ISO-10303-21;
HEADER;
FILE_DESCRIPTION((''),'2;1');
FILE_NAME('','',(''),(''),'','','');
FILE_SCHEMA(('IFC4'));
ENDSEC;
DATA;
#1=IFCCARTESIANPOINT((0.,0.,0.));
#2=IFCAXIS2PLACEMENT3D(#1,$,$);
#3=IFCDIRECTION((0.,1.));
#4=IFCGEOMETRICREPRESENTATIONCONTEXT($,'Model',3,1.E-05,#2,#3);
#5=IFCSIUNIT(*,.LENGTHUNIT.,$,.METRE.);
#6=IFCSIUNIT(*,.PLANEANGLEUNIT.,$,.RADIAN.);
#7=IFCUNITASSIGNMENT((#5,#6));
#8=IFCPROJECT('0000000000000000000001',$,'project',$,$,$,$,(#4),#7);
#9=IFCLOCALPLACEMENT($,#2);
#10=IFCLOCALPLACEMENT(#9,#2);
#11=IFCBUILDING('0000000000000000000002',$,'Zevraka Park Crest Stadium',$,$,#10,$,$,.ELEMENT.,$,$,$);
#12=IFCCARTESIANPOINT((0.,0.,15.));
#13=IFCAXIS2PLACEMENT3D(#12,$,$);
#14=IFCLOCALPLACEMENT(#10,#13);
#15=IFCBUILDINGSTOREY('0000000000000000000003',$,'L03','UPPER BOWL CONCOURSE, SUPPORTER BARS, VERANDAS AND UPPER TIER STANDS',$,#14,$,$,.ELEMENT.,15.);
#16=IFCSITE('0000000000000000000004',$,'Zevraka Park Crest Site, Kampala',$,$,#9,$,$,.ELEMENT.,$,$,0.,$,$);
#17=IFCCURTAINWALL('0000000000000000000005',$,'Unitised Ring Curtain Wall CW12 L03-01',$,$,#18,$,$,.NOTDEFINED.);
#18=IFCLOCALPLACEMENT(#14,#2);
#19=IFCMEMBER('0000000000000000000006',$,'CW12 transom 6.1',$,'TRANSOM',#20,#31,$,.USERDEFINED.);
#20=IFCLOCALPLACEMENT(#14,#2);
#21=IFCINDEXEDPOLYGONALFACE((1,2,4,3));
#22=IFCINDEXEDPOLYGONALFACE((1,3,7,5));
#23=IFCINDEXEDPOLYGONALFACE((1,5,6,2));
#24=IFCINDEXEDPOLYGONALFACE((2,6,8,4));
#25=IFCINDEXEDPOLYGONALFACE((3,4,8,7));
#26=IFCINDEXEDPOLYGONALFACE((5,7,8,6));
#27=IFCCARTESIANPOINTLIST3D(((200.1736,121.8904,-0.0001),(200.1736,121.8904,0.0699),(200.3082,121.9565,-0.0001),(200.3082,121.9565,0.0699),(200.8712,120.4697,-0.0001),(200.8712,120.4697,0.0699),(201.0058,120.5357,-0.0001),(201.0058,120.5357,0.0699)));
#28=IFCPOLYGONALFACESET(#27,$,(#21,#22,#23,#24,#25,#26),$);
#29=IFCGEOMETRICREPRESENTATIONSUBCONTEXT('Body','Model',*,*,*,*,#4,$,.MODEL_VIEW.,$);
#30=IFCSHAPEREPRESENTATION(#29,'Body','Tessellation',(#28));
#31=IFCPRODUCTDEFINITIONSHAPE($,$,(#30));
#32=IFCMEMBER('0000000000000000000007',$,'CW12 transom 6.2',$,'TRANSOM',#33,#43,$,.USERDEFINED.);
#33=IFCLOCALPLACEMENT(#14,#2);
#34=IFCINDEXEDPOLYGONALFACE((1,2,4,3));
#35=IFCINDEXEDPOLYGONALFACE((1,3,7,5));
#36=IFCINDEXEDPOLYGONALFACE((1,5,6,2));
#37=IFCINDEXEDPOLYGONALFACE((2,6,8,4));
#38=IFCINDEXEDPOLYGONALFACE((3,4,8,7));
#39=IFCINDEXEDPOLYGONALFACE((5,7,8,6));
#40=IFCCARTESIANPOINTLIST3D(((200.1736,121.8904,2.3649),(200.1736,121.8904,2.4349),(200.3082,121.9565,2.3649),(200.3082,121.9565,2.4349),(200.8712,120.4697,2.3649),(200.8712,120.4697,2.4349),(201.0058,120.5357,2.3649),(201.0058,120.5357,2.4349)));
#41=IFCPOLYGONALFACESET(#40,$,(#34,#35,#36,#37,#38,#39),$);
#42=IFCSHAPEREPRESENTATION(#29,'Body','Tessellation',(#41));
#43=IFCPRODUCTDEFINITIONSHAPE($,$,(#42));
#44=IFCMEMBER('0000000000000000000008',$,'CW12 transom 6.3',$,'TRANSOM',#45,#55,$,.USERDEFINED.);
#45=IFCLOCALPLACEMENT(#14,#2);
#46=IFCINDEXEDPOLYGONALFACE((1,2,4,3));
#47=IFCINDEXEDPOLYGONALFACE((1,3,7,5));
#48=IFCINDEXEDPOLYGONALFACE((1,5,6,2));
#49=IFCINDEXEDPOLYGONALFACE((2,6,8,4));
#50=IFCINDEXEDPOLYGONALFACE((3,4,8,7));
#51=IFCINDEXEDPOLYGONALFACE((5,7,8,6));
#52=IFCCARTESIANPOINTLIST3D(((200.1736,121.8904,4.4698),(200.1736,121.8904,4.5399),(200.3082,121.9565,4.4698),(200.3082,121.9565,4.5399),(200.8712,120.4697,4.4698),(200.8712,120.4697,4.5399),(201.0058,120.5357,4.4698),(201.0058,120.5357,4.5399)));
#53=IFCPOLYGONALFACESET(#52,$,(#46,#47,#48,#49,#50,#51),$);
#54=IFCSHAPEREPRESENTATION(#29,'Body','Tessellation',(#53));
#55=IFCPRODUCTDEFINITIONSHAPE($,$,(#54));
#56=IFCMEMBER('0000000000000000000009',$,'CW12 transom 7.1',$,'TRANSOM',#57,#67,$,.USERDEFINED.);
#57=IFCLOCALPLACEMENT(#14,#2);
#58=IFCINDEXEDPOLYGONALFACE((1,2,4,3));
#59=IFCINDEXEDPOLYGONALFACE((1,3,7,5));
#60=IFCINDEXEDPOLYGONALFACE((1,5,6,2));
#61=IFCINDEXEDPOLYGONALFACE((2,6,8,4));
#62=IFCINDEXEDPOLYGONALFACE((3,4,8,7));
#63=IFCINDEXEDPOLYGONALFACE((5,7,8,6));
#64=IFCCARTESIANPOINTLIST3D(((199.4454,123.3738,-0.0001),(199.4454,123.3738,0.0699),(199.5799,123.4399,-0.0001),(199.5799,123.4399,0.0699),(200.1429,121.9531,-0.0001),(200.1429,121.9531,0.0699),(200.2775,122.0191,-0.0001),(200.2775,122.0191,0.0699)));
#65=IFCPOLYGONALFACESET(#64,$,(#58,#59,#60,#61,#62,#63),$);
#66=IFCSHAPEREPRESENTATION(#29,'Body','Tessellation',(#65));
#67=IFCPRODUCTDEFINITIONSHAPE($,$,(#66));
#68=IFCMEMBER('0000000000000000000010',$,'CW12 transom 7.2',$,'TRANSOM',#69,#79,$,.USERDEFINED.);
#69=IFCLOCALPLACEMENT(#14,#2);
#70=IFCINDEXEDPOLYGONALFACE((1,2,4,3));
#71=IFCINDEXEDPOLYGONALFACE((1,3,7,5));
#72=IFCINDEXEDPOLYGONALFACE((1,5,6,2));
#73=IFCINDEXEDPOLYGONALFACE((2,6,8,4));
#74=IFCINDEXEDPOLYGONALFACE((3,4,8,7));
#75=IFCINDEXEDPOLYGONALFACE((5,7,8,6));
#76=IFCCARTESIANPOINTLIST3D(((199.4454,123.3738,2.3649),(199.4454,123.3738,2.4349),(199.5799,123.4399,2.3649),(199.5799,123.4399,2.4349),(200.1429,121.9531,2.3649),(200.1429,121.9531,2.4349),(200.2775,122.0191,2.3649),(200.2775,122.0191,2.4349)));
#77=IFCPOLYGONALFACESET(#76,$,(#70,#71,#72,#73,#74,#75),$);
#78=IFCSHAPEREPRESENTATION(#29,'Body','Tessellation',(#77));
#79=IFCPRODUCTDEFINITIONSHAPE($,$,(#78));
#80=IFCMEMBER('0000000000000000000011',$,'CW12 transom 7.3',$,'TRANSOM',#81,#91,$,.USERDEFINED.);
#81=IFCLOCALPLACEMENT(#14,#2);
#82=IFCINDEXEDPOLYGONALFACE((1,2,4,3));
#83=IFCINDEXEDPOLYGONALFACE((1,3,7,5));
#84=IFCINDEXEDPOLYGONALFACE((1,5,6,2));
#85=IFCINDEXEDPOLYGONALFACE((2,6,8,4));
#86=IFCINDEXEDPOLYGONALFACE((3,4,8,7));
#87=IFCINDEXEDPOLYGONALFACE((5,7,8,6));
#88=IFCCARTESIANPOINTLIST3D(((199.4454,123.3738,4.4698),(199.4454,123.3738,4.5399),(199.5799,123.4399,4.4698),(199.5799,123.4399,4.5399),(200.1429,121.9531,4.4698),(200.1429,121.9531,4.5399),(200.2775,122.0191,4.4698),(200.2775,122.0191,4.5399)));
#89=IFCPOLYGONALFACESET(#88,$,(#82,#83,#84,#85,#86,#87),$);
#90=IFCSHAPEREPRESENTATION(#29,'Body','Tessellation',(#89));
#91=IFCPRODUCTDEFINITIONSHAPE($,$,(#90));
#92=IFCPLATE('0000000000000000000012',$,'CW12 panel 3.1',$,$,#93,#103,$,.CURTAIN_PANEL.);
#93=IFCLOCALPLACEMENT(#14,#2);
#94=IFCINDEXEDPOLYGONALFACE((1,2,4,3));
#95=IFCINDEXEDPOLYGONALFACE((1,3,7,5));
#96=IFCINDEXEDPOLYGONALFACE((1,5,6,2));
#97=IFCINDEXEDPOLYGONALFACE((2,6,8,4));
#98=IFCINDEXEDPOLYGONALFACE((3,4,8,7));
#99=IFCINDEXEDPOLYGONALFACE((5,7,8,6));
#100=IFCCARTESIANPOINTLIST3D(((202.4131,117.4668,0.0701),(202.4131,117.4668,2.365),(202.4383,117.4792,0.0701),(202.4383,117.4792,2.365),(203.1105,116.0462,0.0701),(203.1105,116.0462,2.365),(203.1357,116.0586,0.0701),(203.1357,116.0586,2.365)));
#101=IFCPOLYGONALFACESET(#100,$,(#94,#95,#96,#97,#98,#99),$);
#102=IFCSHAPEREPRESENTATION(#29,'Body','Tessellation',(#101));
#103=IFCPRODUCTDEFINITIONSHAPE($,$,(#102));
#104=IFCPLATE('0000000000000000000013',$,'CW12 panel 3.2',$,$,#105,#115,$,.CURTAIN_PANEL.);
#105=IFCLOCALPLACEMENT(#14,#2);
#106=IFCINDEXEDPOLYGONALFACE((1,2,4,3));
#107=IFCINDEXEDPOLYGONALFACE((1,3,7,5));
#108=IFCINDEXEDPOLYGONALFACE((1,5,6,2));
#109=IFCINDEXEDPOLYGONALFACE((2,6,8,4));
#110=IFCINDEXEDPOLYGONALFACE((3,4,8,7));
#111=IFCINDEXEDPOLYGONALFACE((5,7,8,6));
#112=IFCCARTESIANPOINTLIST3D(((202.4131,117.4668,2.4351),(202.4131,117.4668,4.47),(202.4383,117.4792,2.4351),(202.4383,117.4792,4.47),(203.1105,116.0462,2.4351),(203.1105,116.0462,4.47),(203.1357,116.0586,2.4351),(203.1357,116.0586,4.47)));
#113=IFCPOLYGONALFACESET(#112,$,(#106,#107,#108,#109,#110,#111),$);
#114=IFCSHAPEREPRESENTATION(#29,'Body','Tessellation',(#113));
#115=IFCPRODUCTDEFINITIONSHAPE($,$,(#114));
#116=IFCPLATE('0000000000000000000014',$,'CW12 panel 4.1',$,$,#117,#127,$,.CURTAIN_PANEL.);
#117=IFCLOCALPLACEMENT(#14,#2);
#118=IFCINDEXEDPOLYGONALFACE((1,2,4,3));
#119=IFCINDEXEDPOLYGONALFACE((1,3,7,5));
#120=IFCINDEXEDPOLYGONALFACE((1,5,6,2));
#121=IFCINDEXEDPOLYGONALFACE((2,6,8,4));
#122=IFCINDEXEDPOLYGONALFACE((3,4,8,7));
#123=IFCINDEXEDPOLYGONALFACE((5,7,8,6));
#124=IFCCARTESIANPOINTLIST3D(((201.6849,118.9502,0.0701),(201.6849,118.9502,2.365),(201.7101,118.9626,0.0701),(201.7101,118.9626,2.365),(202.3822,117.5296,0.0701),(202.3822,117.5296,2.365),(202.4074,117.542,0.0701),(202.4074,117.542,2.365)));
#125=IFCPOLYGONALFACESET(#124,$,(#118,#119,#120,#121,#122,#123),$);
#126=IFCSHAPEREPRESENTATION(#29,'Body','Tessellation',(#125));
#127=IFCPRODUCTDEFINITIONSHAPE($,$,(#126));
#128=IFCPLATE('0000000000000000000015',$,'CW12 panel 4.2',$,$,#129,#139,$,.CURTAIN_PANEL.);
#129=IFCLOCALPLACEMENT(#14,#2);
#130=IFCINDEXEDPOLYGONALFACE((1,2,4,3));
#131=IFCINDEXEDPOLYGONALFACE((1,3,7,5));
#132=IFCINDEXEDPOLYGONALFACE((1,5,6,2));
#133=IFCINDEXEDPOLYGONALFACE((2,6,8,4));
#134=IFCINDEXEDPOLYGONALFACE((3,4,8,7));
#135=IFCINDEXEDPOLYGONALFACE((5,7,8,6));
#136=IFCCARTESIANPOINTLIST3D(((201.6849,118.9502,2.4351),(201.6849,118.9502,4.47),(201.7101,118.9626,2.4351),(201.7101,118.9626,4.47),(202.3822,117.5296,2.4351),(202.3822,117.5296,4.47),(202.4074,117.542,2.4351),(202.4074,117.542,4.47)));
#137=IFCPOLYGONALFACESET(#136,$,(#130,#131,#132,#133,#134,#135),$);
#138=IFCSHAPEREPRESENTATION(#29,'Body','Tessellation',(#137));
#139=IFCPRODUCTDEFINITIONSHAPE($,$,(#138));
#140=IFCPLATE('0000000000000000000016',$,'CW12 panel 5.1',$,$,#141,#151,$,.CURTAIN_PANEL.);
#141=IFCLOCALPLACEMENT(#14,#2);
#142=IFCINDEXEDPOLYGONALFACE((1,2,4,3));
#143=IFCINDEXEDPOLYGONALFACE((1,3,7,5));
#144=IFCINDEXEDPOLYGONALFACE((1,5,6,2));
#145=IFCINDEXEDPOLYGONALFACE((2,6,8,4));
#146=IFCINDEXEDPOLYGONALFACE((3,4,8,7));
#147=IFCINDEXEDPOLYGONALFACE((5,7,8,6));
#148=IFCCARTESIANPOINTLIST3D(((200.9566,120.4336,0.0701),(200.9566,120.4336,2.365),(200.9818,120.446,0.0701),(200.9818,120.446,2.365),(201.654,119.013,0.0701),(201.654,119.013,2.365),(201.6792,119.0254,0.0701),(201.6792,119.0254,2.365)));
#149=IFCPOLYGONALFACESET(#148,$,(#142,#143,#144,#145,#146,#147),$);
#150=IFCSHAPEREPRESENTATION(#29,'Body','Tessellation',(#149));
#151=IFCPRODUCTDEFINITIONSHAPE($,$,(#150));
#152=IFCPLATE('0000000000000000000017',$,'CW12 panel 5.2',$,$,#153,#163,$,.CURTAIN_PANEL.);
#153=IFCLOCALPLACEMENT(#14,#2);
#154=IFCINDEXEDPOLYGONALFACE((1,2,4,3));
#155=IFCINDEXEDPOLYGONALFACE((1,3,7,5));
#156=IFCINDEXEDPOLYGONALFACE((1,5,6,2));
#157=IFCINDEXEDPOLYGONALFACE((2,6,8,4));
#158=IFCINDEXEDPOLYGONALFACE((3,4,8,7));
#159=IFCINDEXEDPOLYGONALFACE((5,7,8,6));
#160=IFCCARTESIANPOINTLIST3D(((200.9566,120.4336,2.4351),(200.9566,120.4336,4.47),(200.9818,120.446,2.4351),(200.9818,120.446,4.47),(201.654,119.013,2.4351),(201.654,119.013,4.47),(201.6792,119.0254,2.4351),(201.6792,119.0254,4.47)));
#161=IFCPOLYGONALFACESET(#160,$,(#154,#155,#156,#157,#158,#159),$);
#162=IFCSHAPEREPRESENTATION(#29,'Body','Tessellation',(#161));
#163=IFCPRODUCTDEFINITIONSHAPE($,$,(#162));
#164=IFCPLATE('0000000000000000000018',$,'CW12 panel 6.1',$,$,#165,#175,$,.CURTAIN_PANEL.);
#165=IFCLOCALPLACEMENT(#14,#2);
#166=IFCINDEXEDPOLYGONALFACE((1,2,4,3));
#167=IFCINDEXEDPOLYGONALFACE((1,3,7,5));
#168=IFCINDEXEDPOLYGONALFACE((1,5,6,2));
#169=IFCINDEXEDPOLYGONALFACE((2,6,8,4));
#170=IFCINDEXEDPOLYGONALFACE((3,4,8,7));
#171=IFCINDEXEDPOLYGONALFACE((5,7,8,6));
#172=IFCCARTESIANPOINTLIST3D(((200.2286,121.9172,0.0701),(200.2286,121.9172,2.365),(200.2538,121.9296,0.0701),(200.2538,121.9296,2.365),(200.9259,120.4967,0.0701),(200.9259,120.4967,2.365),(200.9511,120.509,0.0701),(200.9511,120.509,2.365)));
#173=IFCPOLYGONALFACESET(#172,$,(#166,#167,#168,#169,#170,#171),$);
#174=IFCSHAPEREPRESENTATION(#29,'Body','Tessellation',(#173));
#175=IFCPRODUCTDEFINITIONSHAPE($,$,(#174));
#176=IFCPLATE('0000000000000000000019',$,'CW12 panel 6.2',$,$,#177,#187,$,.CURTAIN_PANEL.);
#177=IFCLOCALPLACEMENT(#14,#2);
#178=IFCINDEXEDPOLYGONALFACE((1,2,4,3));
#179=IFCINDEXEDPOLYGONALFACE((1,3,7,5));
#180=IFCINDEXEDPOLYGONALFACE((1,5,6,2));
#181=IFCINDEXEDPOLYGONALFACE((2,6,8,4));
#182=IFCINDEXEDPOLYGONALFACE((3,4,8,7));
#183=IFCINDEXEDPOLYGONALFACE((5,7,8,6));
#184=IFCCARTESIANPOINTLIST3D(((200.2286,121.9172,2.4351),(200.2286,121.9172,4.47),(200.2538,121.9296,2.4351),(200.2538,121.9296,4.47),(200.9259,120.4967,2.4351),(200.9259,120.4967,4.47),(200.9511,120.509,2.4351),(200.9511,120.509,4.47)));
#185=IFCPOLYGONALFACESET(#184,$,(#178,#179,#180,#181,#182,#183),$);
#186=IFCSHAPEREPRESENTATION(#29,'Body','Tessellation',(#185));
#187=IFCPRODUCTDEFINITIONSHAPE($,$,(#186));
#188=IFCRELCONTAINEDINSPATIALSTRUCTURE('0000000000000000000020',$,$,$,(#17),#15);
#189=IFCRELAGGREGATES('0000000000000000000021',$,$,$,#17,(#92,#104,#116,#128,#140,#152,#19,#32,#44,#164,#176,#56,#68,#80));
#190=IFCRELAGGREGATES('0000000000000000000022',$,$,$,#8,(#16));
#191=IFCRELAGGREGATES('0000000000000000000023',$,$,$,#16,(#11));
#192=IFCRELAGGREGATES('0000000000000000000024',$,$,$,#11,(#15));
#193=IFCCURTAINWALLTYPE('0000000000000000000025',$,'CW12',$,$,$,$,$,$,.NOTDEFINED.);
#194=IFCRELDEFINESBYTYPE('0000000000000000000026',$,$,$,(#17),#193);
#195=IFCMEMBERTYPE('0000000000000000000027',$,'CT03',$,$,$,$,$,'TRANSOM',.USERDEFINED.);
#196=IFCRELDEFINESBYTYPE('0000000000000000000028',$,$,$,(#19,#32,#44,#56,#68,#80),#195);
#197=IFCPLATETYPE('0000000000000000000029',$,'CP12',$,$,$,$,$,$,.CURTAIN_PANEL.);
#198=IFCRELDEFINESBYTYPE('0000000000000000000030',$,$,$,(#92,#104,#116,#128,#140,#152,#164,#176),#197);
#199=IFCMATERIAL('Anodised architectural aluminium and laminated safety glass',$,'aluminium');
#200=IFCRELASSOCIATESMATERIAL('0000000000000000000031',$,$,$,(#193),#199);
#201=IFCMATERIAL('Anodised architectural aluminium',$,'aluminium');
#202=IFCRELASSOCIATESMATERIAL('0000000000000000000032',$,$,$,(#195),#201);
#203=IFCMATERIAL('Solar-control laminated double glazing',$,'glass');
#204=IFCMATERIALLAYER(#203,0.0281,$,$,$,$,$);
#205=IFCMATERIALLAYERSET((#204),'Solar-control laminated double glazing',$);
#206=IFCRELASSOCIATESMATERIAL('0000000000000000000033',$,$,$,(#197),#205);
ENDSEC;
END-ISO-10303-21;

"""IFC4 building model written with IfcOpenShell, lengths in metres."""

from ifc_helpers import new_model, si_unit, direction, frame, origin, origin_2d, place, context, subcontext, project, spatial, rectangle, extrude, material, layer, layer_set, material_profile, profile_set, type_object, element, aggregate, save


model = new_model("IFC4")

# Units and contexts
model_context = context("Model", 3, precision=1e-05, world=origin(), true_north=direction((0.0, 1.0)))
body_context = subcontext(model_context, "Body", "Model", "MODEL_VIEW")
ifc_project = project(units=[si_unit("LENGTHUNIT", "METRE"), si_unit("PLANEANGLEUNIT", "RADIAN")], contexts=[model_context])

# Site, building, storey
site_placement = place(None, origin())
site = spatial("IfcSite", under=ifc_project, at=site_placement, Name="Zevraka Park Crest Site, Kampala", CompositionType="ELEMENT", RefElevation=0.0)
building_placement = place(site_placement, origin())
building = spatial("IfcBuilding", under=site, at=building_placement, Name="Zevraka Park Crest Stadium", CompositionType="ELEMENT")
storey_placement = place(building_placement, frame((0.0, 0.0, 15.0)))
storey = spatial("IfcBuildingStorey", under=building, at=storey_placement, Name="L03", Description="UPPER BOWL CONCOURSE, SUPPORTER BARS, VERANDAS AND UPPER TIER STANDS", CompositionType="ELEMENT", Elevation=15.0)

# Curtain wall, members, plates
ifc_material_1 = material(Name="Anodised architectural aluminium and laminated safety glass", Category="aluminium")
curtain_wall_type = type_object("IfcCurtainWallType", Name="CW12", PredefinedType="NOTDEFINED", material=ifc_material_1)
curtain_wall_placement = place(storey_placement, origin())
curtain_wall = element("IfcCurtainWall", 1, at=curtain_wall_placement, inside=storey, type_object=curtain_wall_type, Name="Unitised Ring Curtain Wall CW12 L03-01", PredefinedType="NOTDEFINED")
ifc_material_2 = material(Name="Anodised architectural aluminium", Category="aluminium")
ifc_material_profile_1 = material_profile(ifc_material_2, rectangle(XDim=0.1499, YDim=0.0701, at=origin_2d()), Name="ALU TRANSOM 150x70")
ifc_profile_set_1 = profile_set([ifc_material_profile_1], Name="Anodised architectural aluminium")
member_type_1 = type_object("IfcMemberType", Name="CT03", ElementType="TRANSOM", PredefinedType="USERDEFINED", material=ifc_profile_set_1)
member_1_placement = place(storey_placement, frame((200.9385, 120.5027, 0.0349), z_axis=(-0.440723, 0.897643, 0.0), x_axis=(-0.897643, -0.440723, 0.0)))
member_1 = element("IfcMember", 2, at=member_1_placement, type_object=member_type_1, Name="CW12 transom 6.1", ObjectType="TRANSOM", PredefinedType="USERDEFINED", context=body_context, shape_type="SweptSolid", body=[
    extrude(rectangle(XDim=0.1499, YDim=0.0701, at=origin_2d()), origin(), (0.0, 0.0, 1.0), 1.5828),
])
member_2_placement = place(storey_placement, frame((200.9385, 120.5027, 2.3999), z_axis=(-0.440723, 0.897643, 0.0), x_axis=(-0.897643, -0.440723, 0.0)))
member_2 = element("IfcMember", 3, at=member_2_placement, type_object=member_type_1, Name="CW12 transom 6.2", ObjectType="TRANSOM", PredefinedType="USERDEFINED", context=body_context, shape_type="SweptSolid", body=[
    extrude(rectangle(XDim=0.1499, YDim=0.0701, at=origin_2d()), origin(), (0.0, 0.0, 1.0), 1.5828),
])
member_3_placement = place(storey_placement, frame((200.9385, 120.5027, 4.5049), z_axis=(-0.440723, 0.897643, 0.0), x_axis=(-0.897643, -0.440723, 0.0)))
member_3 = element("IfcMember", 4, at=member_3_placement, type_object=member_type_1, Name="CW12 transom 6.3", ObjectType="TRANSOM", PredefinedType="USERDEFINED", context=body_context, shape_type="SweptSolid", body=[
    extrude(rectangle(XDim=0.1499, YDim=0.0701, at=origin_2d()), origin(), (0.0, 0.0, 1.0), 1.5828),
])
member_4_placement = place(storey_placement, frame((200.2102, 121.9861, 0.0349), z_axis=(-0.440723, 0.897643, 0.0), x_axis=(-0.897643, -0.440723, 0.0)))
member_4 = element("IfcMember", 5, at=member_4_placement, type_object=member_type_1, Name="CW12 transom 7.1", ObjectType="TRANSOM", PredefinedType="USERDEFINED", context=body_context, shape_type="SweptSolid", body=[
    extrude(rectangle(XDim=0.1499, YDim=0.0701, at=origin_2d()), origin(), (0.0, 0.0, 1.0), 1.5828),
])
member_5_placement = place(storey_placement, frame((200.2102, 121.9861, 2.3999), z_axis=(-0.440723, 0.897643, 0.0), x_axis=(-0.897643, -0.440723, 0.0)))
member_5 = element("IfcMember", 6, at=member_5_placement, type_object=member_type_1, Name="CW12 transom 7.2", ObjectType="TRANSOM", PredefinedType="USERDEFINED", context=body_context, shape_type="SweptSolid", body=[
    extrude(rectangle(XDim=0.1499, YDim=0.0701, at=origin_2d()), origin(), (0.0, 0.0, 1.0), 1.5828),
])
member_6_placement = place(storey_placement, frame((200.2102, 121.9861, 4.5049), z_axis=(-0.440723, 0.897643, 0.0), x_axis=(-0.897643, -0.440723, 0.0)))
member_6 = element("IfcMember", 7, at=member_6_placement, type_object=member_type_1, Name="CW12 transom 7.3", ObjectType="TRANSOM", PredefinedType="USERDEFINED", context=body_context, shape_type="SweptSolid", body=[
    extrude(rectangle(XDim=0.1499, YDim=0.0701, at=origin_2d()), origin(), (0.0, 0.0, 1.0), 1.5828),
])
ifc_material_3 = material(Name="Solar-control laminated double glazing", Category="glass")
ifc_layer_1 = layer(ifc_material_3, 0.0281)
ifc_layer_set_1 = layer_set([ifc_layer_1], Name="Solar-control laminated double glazing")
plate_type = type_object("IfcPlateType", Name="CP12", PredefinedType="CURTAIN_PANEL", material=ifc_layer_set_1)
plate_1_placement = place(storey_placement, frame((202.7744, 116.7627, 0.0701), z_axis=(0.0, 0.0, 1.0), x_axis=(-0.440666, 0.897671, 0.0)))
plate_1 = element("IfcPlate", 8, at=plate_1_placement, type_object=plate_type, Name="CW12 panel 3.1", PredefinedType="CURTAIN_PANEL", context=body_context, shape_type="SweptSolid", body=[
    extrude(rectangle(XDim=1.5825, YDim=0.0281, at=origin_2d()), origin(), (0.0, 0.0, 1.0), 2.2949),
])
plate_2_placement = place(storey_placement, frame((202.7744, 116.7627, 2.4351), z_axis=(0.0, 0.0, 1.0), x_axis=(-0.440666, 0.897671, 0.0)))
plate_2 = element("IfcPlate", 9, at=plate_2_placement, type_object=plate_type, Name="CW12 panel 3.2", PredefinedType="CURTAIN_PANEL", context=body_context, shape_type="SweptSolid", body=[
    extrude(rectangle(XDim=1.5825, YDim=0.0281, at=origin_2d()), origin(), (0.0, 0.0, 1.0), 2.0349),
])
plate_3_placement = place(storey_placement, frame((202.0461, 118.2461, 0.0701), z_axis=(0.0, 0.0, 1.0), x_axis=(-0.440666, 0.897671, 0.0)))
plate_3 = element("IfcPlate", 10, at=plate_3_placement, type_object=plate_type, Name="CW12 panel 4.1", PredefinedType="CURTAIN_PANEL", context=body_context, shape_type="SweptSolid", body=[
    extrude(rectangle(XDim=1.5825, YDim=0.0281, at=origin_2d()), origin(), (0.0, 0.0, 1.0), 2.2949),
])
plate_4_placement = place(storey_placement, frame((202.0461, 118.2461, 2.4351), z_axis=(0.0, 0.0, 1.0), x_axis=(-0.440666, 0.897671, 0.0)))
plate_4 = element("IfcPlate", 11, at=plate_4_placement, type_object=plate_type, Name="CW12 panel 4.2", PredefinedType="CURTAIN_PANEL", context=body_context, shape_type="SweptSolid", body=[
    extrude(rectangle(XDim=1.5825, YDim=0.0281, at=origin_2d()), origin(), (0.0, 0.0, 1.0), 2.0349),
])
plate_5_placement = place(storey_placement, frame((201.3179, 119.7295, 0.0701), z_axis=(0.0, 0.0, 1.0), x_axis=(-0.440666, 0.897671, 0.0)))
plate_5 = element("IfcPlate", 12, at=plate_5_placement, type_object=plate_type, Name="CW12 panel 5.1", PredefinedType="CURTAIN_PANEL", context=body_context, shape_type="SweptSolid", body=[
    extrude(rectangle(XDim=1.5825, YDim=0.0281, at=origin_2d()), origin(), (0.0, 0.0, 1.0), 2.2949),
])
plate_6_placement = place(storey_placement, frame((201.3179, 119.7295, 2.4351), z_axis=(0.0, 0.0, 1.0), x_axis=(-0.440666, 0.897671, 0.0)))
plate_6 = element("IfcPlate", 13, at=plate_6_placement, type_object=plate_type, Name="CW12 panel 5.2", PredefinedType="CURTAIN_PANEL", context=body_context, shape_type="SweptSolid", body=[
    extrude(rectangle(XDim=1.5825, YDim=0.0281, at=origin_2d()), origin(), (0.0, 0.0, 1.0), 2.0349),
])
plate_7_placement = place(storey_placement, frame((200.5898, 121.2131, 0.0701), z_axis=(0.0, 0.0, 1.0), x_axis=(-0.440666, 0.897671, 0.0)))
plate_7 = element("IfcPlate", 14, at=plate_7_placement, type_object=plate_type, Name="CW12 panel 6.1", PredefinedType="CURTAIN_PANEL", context=body_context, shape_type="SweptSolid", body=[
    extrude(rectangle(XDim=1.5825, YDim=0.0281, at=origin_2d()), origin(), (0.0, 0.0, 1.0), 2.2949),
])
plate_8_placement = place(storey_placement, frame((200.5898, 121.2131, 2.4351), z_axis=(0.0, 0.0, 1.0), x_axis=(-0.440666, 0.897671, 0.0)))
plate_8 = element("IfcPlate", 15, at=plate_8_placement, type_object=plate_type, Name="CW12 panel 6.2", PredefinedType="CURTAIN_PANEL", context=body_context, shape_type="SweptSolid", body=[
    extrude(rectangle(XDim=1.5825, YDim=0.0281, at=origin_2d()), origin(), (0.0, 0.0, 1.0), 2.0349),
])
aggregate(curtain_wall, [plate_1, plate_2, plate_3, plate_4, plate_5, plate_6, member_1, member_2, member_3, plate_7, plate_8, member_4, member_5, member_6])

save(model, "model.ifc")
